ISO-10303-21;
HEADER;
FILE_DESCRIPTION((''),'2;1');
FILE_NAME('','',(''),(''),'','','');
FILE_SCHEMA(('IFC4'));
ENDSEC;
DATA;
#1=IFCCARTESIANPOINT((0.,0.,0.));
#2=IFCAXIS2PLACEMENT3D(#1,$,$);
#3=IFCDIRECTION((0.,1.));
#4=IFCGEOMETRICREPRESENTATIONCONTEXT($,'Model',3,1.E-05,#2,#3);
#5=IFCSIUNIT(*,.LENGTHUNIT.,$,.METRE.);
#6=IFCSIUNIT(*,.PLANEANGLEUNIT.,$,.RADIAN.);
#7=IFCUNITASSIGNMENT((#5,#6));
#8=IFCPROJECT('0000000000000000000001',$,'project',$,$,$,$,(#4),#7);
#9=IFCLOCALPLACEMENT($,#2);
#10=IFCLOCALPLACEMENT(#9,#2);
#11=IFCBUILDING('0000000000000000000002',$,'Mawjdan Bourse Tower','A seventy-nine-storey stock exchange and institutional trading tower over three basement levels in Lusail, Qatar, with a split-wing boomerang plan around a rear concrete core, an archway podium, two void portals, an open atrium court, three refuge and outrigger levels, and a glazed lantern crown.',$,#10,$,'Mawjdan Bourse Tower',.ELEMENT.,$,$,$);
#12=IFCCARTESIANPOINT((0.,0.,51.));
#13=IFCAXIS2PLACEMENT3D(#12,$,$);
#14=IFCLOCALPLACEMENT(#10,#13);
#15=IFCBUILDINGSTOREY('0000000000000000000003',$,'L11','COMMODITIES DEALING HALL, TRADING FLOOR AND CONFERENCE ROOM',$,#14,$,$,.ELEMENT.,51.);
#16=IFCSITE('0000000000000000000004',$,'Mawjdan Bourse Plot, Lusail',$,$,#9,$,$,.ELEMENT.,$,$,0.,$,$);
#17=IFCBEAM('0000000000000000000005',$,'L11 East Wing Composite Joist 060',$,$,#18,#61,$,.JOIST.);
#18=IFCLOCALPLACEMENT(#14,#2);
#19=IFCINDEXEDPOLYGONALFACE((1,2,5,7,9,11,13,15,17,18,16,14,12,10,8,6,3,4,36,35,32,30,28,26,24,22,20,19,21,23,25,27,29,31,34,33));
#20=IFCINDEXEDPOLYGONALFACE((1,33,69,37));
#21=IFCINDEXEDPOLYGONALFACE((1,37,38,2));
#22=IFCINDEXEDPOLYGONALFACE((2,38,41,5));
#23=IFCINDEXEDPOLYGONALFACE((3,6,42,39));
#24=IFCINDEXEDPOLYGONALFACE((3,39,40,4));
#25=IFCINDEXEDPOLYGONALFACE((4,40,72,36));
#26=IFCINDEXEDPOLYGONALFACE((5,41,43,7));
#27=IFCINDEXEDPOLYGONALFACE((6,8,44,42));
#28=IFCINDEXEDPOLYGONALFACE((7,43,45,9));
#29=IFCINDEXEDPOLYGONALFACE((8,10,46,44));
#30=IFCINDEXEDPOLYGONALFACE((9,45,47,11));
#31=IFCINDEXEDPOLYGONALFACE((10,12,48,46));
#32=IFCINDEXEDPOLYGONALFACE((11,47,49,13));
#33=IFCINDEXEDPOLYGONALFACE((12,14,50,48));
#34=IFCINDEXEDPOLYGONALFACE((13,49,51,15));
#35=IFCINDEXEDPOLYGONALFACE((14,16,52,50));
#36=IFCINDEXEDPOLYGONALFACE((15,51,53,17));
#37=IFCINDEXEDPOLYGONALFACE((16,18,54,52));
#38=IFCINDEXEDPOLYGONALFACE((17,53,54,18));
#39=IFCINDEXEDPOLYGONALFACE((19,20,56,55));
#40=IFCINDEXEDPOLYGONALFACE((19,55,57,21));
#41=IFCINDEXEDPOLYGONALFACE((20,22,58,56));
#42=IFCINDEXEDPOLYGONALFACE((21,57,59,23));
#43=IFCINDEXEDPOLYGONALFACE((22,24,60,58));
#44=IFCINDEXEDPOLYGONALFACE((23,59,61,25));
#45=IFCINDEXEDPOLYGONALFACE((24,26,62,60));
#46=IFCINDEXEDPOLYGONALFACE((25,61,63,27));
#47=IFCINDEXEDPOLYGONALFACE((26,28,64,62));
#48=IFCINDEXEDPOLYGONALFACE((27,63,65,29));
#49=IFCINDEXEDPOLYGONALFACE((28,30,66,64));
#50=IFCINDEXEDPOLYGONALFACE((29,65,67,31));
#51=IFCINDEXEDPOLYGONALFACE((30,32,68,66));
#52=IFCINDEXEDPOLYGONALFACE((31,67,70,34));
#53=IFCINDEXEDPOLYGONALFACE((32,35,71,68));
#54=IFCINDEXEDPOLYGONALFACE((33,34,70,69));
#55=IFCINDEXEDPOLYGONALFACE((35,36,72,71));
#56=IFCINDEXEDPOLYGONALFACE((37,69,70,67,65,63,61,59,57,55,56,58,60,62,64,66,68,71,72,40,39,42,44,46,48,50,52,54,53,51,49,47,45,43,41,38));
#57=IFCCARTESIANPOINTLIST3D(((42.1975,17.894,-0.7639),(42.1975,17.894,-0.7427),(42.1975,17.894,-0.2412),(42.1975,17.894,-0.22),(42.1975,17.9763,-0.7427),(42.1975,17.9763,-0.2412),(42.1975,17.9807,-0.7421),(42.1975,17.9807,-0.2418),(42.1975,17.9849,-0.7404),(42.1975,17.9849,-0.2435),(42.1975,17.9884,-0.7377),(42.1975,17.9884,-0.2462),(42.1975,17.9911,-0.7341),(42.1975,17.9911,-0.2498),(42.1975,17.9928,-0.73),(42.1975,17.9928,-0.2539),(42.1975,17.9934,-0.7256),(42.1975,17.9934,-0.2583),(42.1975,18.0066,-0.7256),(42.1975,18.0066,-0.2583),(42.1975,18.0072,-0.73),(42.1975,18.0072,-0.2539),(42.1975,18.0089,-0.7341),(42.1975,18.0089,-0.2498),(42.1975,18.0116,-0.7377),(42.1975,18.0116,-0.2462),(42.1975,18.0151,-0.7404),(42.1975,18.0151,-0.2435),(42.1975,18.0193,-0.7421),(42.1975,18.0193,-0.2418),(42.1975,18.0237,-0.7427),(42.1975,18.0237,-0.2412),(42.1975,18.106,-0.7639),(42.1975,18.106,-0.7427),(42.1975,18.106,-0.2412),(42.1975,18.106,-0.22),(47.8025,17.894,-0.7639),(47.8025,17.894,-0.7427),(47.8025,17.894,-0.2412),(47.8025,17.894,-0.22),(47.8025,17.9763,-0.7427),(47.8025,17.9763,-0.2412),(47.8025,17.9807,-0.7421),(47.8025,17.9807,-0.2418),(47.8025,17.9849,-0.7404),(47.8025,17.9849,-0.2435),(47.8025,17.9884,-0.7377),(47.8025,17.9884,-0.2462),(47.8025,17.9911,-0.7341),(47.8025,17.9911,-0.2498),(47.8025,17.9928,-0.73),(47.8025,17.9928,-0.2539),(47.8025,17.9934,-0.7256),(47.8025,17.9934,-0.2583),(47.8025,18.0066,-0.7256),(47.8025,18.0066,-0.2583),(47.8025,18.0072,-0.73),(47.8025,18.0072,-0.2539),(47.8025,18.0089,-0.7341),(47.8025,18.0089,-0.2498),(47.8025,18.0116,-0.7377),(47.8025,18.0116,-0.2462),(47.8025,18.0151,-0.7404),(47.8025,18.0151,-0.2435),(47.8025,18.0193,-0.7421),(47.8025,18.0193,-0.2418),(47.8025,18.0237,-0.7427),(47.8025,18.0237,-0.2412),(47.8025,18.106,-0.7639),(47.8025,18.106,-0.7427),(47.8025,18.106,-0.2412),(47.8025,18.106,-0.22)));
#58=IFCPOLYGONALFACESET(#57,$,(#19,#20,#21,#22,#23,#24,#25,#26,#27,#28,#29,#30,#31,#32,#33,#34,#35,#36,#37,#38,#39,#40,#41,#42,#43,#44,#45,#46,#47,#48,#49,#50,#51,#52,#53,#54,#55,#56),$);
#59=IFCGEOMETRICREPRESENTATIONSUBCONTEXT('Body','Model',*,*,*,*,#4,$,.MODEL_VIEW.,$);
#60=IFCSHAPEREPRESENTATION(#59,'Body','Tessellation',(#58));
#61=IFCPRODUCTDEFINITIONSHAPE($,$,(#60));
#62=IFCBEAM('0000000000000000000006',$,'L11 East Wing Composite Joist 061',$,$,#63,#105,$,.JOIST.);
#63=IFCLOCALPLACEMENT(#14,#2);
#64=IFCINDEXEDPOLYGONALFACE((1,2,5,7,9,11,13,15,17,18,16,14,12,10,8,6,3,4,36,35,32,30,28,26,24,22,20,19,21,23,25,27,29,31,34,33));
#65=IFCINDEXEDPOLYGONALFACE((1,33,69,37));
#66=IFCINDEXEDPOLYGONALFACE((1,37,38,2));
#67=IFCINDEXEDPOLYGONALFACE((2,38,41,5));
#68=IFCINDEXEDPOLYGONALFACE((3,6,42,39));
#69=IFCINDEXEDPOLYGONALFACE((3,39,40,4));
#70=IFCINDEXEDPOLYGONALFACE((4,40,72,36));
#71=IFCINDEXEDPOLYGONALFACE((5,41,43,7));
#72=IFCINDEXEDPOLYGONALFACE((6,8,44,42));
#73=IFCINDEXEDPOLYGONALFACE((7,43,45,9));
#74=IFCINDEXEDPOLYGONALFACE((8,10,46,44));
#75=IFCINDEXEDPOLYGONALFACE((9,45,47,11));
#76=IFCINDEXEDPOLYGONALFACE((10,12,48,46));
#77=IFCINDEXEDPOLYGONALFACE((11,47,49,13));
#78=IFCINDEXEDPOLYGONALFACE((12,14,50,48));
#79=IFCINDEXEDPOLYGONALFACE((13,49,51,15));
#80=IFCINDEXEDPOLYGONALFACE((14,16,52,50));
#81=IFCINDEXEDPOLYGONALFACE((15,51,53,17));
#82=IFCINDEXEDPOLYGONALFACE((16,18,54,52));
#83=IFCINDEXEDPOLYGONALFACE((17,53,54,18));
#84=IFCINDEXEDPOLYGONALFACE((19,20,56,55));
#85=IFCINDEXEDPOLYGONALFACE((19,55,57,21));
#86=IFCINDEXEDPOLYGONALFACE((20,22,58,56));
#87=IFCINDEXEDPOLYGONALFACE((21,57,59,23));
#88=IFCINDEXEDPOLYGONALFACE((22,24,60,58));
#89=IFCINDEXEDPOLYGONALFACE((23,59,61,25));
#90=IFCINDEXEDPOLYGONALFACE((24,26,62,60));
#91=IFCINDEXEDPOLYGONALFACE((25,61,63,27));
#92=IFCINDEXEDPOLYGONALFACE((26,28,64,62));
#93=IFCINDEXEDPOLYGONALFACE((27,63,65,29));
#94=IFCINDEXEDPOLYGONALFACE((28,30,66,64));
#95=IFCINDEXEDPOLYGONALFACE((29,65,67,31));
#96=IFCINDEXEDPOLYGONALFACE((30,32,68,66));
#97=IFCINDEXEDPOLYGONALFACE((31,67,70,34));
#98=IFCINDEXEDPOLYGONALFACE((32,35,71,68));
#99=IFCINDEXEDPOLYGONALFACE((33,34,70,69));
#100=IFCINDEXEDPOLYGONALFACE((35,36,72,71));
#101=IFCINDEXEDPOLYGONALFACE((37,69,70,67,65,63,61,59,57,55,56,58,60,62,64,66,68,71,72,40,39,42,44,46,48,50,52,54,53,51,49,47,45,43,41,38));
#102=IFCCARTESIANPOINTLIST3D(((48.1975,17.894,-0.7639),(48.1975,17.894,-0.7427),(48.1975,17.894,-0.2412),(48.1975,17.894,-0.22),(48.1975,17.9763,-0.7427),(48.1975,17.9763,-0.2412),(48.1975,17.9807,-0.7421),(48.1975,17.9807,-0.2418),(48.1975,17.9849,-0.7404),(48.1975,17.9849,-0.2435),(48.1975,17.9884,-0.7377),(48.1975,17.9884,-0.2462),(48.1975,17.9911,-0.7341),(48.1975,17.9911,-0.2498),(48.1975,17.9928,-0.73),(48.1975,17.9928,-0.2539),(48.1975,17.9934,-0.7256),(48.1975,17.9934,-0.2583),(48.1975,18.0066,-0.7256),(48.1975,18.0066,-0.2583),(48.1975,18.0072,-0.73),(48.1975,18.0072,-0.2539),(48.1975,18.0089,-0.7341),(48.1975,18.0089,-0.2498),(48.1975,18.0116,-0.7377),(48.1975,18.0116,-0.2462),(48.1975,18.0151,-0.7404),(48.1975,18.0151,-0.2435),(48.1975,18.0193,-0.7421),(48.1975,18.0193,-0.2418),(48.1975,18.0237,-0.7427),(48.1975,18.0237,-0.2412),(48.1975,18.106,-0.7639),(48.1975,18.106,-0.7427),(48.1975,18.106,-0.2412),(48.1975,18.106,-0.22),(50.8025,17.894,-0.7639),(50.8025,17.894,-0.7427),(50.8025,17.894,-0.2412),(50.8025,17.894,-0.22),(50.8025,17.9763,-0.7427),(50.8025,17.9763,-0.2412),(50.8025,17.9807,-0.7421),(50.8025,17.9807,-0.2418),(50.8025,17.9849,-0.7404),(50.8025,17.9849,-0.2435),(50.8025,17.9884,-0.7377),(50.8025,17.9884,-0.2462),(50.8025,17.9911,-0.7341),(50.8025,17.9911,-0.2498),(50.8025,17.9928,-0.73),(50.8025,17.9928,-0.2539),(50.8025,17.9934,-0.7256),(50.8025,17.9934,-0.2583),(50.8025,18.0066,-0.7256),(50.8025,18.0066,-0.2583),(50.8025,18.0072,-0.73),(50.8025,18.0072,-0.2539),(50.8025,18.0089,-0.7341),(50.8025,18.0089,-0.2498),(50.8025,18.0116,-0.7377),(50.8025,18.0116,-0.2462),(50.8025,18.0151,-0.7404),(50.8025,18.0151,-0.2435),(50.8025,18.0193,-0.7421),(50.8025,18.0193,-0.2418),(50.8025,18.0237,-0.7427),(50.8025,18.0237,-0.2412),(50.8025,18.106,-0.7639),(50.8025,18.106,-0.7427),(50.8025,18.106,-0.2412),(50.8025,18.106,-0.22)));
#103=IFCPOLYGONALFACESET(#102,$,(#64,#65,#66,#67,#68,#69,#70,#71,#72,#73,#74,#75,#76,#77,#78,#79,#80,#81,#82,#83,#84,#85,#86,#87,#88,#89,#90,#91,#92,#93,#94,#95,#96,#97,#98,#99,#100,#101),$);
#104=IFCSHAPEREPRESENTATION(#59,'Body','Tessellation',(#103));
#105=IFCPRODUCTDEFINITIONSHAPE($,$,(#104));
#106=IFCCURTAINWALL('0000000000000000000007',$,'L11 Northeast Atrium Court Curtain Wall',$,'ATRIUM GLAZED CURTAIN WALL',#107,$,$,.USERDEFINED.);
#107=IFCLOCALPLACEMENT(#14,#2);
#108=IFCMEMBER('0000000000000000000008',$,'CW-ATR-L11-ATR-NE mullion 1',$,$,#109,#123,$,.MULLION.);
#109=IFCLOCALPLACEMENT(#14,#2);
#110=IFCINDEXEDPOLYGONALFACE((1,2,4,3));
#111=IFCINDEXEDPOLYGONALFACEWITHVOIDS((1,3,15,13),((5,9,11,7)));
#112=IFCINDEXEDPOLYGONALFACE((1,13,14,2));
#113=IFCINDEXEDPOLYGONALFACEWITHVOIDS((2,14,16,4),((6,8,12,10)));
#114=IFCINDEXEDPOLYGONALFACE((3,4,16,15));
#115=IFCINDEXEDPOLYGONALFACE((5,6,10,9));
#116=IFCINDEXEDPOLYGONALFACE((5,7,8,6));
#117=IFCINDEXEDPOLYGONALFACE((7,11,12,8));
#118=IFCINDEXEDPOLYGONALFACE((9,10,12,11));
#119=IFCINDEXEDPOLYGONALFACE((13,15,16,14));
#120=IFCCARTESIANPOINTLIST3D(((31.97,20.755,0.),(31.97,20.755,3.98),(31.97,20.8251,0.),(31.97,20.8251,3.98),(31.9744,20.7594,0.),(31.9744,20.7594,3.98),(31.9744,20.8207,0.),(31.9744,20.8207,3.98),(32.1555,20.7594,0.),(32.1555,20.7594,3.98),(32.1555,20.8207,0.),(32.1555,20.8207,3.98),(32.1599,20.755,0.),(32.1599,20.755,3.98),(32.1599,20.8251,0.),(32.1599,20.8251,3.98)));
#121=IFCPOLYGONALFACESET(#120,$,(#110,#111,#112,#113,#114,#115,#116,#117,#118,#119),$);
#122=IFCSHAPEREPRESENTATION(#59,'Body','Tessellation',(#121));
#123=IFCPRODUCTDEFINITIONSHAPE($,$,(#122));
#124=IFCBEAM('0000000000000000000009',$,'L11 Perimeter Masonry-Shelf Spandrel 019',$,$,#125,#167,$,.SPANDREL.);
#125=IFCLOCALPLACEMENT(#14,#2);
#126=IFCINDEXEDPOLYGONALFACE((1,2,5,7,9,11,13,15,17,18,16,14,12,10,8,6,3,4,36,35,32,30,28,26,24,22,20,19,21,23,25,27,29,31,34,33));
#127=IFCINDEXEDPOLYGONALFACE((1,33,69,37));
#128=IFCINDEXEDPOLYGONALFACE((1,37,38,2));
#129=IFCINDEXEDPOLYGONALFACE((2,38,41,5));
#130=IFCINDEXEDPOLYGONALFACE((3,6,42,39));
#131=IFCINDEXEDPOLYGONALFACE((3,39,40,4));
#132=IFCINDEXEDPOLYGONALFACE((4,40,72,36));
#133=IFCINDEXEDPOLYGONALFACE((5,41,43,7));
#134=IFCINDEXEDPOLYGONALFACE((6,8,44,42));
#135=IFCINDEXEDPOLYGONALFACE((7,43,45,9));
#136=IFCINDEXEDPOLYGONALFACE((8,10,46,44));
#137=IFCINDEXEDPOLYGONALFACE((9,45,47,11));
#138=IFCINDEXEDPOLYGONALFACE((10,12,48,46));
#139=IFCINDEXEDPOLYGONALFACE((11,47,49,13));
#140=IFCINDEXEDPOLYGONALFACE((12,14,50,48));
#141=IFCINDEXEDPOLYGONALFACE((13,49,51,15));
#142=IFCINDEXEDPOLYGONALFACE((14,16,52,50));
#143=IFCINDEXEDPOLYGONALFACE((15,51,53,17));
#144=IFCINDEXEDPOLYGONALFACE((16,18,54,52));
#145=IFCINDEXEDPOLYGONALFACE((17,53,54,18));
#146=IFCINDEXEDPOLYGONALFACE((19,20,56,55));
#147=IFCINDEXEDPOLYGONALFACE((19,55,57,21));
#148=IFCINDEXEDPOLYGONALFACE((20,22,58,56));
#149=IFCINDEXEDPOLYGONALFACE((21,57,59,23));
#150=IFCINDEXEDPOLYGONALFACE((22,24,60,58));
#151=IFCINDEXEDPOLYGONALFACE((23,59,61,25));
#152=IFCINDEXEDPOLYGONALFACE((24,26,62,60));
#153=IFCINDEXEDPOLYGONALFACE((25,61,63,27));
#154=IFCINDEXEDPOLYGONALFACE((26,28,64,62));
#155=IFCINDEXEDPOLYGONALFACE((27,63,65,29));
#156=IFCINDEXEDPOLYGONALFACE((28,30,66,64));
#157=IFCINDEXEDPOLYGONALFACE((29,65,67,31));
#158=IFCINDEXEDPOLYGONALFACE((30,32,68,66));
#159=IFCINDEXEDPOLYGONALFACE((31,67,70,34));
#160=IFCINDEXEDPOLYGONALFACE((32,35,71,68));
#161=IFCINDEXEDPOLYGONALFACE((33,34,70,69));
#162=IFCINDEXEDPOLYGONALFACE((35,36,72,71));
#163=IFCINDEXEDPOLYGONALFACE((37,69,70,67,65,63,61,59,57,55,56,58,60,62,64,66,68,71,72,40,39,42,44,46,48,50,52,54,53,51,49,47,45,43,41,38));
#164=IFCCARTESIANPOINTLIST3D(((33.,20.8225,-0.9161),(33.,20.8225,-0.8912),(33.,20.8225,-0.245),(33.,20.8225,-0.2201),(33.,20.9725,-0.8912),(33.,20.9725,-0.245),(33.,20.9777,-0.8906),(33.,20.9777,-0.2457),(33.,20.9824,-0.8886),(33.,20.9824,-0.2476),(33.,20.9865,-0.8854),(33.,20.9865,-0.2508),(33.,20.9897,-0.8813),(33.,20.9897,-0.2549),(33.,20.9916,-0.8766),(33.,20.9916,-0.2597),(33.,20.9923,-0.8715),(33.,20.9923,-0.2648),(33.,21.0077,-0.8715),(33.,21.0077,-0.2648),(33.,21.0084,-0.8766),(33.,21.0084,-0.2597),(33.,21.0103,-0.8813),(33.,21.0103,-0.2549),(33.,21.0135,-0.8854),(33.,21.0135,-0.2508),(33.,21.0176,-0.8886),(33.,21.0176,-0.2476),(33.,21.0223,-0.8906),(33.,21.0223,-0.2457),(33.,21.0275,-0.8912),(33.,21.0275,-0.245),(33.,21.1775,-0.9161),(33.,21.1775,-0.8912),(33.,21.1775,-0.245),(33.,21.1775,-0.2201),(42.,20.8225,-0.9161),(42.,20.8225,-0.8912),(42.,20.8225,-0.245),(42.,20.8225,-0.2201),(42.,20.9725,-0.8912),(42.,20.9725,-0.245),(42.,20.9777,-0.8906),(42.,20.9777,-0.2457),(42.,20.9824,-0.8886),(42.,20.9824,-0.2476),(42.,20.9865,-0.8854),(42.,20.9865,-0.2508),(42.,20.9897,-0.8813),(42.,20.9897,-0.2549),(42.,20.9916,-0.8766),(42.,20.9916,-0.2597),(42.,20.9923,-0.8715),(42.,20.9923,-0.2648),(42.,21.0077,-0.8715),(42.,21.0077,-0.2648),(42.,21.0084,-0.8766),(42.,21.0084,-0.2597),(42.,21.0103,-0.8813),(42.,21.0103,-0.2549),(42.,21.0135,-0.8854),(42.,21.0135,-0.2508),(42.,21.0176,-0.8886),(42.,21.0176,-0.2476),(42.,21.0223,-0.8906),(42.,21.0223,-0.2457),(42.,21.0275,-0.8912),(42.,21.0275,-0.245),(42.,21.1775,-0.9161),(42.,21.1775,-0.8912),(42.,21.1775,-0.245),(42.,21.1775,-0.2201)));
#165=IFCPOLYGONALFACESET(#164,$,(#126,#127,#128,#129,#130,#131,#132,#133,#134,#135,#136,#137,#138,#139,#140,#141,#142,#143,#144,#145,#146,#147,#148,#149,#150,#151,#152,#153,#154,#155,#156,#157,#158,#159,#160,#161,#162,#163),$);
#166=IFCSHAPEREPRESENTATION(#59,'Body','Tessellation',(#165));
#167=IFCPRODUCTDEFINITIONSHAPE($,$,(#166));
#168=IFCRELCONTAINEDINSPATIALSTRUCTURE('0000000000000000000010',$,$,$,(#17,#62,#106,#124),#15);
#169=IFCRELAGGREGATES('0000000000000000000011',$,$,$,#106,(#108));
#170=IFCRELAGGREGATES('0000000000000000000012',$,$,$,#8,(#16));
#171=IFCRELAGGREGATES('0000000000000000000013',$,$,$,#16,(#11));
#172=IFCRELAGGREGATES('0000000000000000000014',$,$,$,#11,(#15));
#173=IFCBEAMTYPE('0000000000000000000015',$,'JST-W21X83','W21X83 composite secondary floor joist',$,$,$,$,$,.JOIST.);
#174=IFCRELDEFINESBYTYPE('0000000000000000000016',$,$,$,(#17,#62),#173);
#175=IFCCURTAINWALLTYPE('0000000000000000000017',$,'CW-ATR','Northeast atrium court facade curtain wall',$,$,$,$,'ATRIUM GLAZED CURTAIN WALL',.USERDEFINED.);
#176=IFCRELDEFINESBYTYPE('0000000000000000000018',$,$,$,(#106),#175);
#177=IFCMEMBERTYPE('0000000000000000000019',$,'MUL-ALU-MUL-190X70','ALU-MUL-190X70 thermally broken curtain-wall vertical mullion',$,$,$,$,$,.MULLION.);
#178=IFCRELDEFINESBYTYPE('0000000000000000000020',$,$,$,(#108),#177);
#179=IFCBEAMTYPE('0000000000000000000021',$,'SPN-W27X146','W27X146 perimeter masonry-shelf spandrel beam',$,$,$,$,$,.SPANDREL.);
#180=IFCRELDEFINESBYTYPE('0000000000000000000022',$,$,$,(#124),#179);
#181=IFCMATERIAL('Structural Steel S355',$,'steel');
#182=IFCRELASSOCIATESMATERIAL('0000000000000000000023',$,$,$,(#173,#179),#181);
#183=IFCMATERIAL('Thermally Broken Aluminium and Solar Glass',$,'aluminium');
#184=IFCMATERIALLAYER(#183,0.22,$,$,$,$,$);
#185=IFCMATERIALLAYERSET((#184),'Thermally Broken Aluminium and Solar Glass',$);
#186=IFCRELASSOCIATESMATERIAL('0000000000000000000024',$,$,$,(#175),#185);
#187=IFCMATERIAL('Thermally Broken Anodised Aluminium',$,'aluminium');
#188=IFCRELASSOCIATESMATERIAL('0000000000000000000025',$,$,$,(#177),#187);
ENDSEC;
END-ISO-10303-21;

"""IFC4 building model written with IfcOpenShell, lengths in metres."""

from ifc_helpers import new_model, si_unit, direction, frame, origin, origin_2d, place, context, subcontext, project, spatial, hollow_rectangle, i_section, extrude, material, layer, layer_set, material_profile, profile_set, type_object, element, aggregate, save


model = new_model("IFC4")

# Units and contexts
model_context = context("Model", 3, precision=1e-05, world=origin(), true_north=direction((0.0, 1.0)))
body_context = subcontext(model_context, "Body", "Model", "MODEL_VIEW")
ifc_project = project(units=[si_unit("LENGTHUNIT", "METRE"), si_unit("PLANEANGLEUNIT", "RADIAN")], contexts=[model_context])

# Site, building, storey
site_placement = place(None, origin())
site = spatial("IfcSite", under=ifc_project, at=site_placement, Name="Mawjdan Bourse Plot, Lusail", CompositionType="ELEMENT", RefElevation=0.0)
building_placement = place(site_placement, origin())
building = spatial("IfcBuilding", under=site, at=building_placement, Name="Mawjdan Bourse Tower", Description="A seventy-nine-storey stock exchange and institutional trading tower over three basement levels in Lusail, Qatar, with a split-wing boomerang plan around a rear concrete core, an archway podium, two void portals, an open atrium court, three refuge and outrigger levels, and a glazed lantern crown.", LongName="Mawjdan Bourse Tower", CompositionType="ELEMENT")
storey_placement = place(building_placement, frame((0.0, 0.0, 51.0)))
storey = spatial("IfcBuildingStorey", under=building, at=storey_placement, Name="L11", Description="COMMODITIES DEALING HALL, TRADING FLOOR AND CONFERENCE ROOM", CompositionType="ELEMENT", Elevation=51.0)

# Beams
ifc_material_1 = material(Name="Structural Steel S355", Category="steel")
ifc_material_profile_1 = material_profile(ifc_material_1, i_section(OverallWidth=0.2119, OverallDepth=0.5439, WebThickness=0.0132, FlangeThickness=0.0212, FilletRadius=0.0171, at=origin_2d()), Name="W21X83")
ifc_profile_set_1 = profile_set([ifc_material_profile_1], Name="Structural Steel S355")
beam_type_1 = type_object("IfcBeamType", Name="JST-W21X83", Description="W21X83 composite secondary floor joist", PredefinedType="JOIST", material=ifc_profile_set_1)
beam_1_placement = place(storey_placement, frame((42.1975, 18.0, -0.4919), z_axis=(1.0, 0.0, 0.0), x_axis=(0.0, 1.0, 0.0)))
element("IfcBeam", 1, at=beam_1_placement, inside=storey, type_object=beam_type_1, Name="L11 East Wing Composite Joist 060", PredefinedType="JOIST", context=body_context, shape_type="SweptSolid", body=[
    extrude(i_section(OverallWidth=0.2119, OverallDepth=0.5439, WebThickness=0.0132, FlangeThickness=0.0212, FilletRadius=0.0171, at=origin_2d()), origin(), (0.0, 0.0, 1.0), 5.605),
])
beam_2_placement = place(storey_placement, frame((48.1975, 18.0, -0.4919), z_axis=(1.0, 0.0, 0.0), x_axis=(0.0, 1.0, 0.0)))
element("IfcBeam", 2, at=beam_2_placement, inside=storey, type_object=beam_type_1, Name="L11 East Wing Composite Joist 061", PredefinedType="JOIST", context=body_context, shape_type="SweptSolid", body=[
    extrude(i_section(OverallWidth=0.2119, OverallDepth=0.5439, WebThickness=0.0132, FlangeThickness=0.0212, FilletRadius=0.0171, at=origin_2d()), origin(), (0.0, 0.0, 1.0), 2.605),
])

# Curtain wall, member
ifc_material_2 = material(Name="Thermally Broken Aluminium and Solar Glass", Category="aluminium")
ifc_layer_1 = layer(ifc_material_2, 0.22)
ifc_layer_set_1 = layer_set([ifc_layer_1], Name="Thermally Broken Aluminium and Solar Glass")
curtain_wall_type = type_object("IfcCurtainWallType", Name="CW-ATR", Description="Northeast atrium court facade curtain wall", ElementType="ATRIUM GLAZED CURTAIN WALL", PredefinedType="USERDEFINED", material=ifc_layer_set_1)
curtain_wall_placement = place(storey_placement, origin())
curtain_wall = element("IfcCurtainWall", 3, at=curtain_wall_placement, inside=storey, type_object=curtain_wall_type, Name="L11 Northeast Atrium Court Curtain Wall", ObjectType="ATRIUM GLAZED CURTAIN WALL", PredefinedType="USERDEFINED")
ifc_material_3 = material(Name="Thermally Broken Anodised Aluminium", Category="aluminium")
ifc_material_profile_2 = material_profile(ifc_material_3, hollow_rectangle(XDim=0.0701, YDim=0.1899, WallThickness=0.0044, at=origin_2d()), Name="ALU-MUL-190X70")
ifc_profile_set_2 = profile_set([ifc_material_profile_2], Name="Thermally Broken Anodised Aluminium")
member_type_1 = type_object("IfcMemberType", Name="MUL-ALU-MUL-190X70", Description="ALU-MUL-190X70 thermally broken curtain-wall vertical mullion", PredefinedType="MULLION", material=ifc_profile_set_2)
member_1_placement = place(storey_placement, frame((32.0649, 20.79, 0.0), z_axis=(0.0, 0.0, 1.0), x_axis=(0.0, -1.0, 0.0)))
member_1 = element("IfcMember", 4, at=member_1_placement, type_object=member_type_1, Name="CW-ATR-L11-ATR-NE mullion 1", PredefinedType="MULLION", context=body_context, shape_type="SweptSolid", body=[
    extrude(hollow_rectangle(XDim=0.0701, YDim=0.1899, WallThickness=0.0044, at=origin_2d()), origin(), (0.0, 0.0, 1.0), 3.98),
])

# Beam
ifc_material_profile_3 = material_profile(ifc_material_1, i_section(OverallWidth=0.355, OverallDepth=0.696, WebThickness=0.0154, FlangeThickness=0.0249, FilletRadius=0.0198, at=origin_2d()), Name="W27X146")
ifc_profile_set_3 = profile_set([ifc_material_profile_3], Name="Structural Steel S355")
beam_type_2 = type_object("IfcBeamType", Name="SPN-W27X146", Description="W27X146 perimeter masonry-shelf spandrel beam", PredefinedType="SPANDREL", material=ifc_profile_set_3)
beam_3_placement = place(storey_placement, frame((33.0, 21.0, -0.5681), z_axis=(1.0, 0.0, 0.0), x_axis=(0.0, 1.0, 0.0)))
element("IfcBeam", 5, at=beam_3_placement, inside=storey, type_object=beam_type_2, Name="L11 Perimeter Masonry-Shelf Spandrel 019", PredefinedType="SPANDREL", context=body_context, shape_type="SweptSolid", body=[
    extrude(i_section(OverallWidth=0.355, OverallDepth=0.696, WebThickness=0.0154, FlangeThickness=0.0249, FilletRadius=0.0198, at=origin_2d()), origin(), (0.0, 0.0, 1.0), 9.0),
])

aggregate(curtain_wall, [member_1])

save(model, "model.ifc")
